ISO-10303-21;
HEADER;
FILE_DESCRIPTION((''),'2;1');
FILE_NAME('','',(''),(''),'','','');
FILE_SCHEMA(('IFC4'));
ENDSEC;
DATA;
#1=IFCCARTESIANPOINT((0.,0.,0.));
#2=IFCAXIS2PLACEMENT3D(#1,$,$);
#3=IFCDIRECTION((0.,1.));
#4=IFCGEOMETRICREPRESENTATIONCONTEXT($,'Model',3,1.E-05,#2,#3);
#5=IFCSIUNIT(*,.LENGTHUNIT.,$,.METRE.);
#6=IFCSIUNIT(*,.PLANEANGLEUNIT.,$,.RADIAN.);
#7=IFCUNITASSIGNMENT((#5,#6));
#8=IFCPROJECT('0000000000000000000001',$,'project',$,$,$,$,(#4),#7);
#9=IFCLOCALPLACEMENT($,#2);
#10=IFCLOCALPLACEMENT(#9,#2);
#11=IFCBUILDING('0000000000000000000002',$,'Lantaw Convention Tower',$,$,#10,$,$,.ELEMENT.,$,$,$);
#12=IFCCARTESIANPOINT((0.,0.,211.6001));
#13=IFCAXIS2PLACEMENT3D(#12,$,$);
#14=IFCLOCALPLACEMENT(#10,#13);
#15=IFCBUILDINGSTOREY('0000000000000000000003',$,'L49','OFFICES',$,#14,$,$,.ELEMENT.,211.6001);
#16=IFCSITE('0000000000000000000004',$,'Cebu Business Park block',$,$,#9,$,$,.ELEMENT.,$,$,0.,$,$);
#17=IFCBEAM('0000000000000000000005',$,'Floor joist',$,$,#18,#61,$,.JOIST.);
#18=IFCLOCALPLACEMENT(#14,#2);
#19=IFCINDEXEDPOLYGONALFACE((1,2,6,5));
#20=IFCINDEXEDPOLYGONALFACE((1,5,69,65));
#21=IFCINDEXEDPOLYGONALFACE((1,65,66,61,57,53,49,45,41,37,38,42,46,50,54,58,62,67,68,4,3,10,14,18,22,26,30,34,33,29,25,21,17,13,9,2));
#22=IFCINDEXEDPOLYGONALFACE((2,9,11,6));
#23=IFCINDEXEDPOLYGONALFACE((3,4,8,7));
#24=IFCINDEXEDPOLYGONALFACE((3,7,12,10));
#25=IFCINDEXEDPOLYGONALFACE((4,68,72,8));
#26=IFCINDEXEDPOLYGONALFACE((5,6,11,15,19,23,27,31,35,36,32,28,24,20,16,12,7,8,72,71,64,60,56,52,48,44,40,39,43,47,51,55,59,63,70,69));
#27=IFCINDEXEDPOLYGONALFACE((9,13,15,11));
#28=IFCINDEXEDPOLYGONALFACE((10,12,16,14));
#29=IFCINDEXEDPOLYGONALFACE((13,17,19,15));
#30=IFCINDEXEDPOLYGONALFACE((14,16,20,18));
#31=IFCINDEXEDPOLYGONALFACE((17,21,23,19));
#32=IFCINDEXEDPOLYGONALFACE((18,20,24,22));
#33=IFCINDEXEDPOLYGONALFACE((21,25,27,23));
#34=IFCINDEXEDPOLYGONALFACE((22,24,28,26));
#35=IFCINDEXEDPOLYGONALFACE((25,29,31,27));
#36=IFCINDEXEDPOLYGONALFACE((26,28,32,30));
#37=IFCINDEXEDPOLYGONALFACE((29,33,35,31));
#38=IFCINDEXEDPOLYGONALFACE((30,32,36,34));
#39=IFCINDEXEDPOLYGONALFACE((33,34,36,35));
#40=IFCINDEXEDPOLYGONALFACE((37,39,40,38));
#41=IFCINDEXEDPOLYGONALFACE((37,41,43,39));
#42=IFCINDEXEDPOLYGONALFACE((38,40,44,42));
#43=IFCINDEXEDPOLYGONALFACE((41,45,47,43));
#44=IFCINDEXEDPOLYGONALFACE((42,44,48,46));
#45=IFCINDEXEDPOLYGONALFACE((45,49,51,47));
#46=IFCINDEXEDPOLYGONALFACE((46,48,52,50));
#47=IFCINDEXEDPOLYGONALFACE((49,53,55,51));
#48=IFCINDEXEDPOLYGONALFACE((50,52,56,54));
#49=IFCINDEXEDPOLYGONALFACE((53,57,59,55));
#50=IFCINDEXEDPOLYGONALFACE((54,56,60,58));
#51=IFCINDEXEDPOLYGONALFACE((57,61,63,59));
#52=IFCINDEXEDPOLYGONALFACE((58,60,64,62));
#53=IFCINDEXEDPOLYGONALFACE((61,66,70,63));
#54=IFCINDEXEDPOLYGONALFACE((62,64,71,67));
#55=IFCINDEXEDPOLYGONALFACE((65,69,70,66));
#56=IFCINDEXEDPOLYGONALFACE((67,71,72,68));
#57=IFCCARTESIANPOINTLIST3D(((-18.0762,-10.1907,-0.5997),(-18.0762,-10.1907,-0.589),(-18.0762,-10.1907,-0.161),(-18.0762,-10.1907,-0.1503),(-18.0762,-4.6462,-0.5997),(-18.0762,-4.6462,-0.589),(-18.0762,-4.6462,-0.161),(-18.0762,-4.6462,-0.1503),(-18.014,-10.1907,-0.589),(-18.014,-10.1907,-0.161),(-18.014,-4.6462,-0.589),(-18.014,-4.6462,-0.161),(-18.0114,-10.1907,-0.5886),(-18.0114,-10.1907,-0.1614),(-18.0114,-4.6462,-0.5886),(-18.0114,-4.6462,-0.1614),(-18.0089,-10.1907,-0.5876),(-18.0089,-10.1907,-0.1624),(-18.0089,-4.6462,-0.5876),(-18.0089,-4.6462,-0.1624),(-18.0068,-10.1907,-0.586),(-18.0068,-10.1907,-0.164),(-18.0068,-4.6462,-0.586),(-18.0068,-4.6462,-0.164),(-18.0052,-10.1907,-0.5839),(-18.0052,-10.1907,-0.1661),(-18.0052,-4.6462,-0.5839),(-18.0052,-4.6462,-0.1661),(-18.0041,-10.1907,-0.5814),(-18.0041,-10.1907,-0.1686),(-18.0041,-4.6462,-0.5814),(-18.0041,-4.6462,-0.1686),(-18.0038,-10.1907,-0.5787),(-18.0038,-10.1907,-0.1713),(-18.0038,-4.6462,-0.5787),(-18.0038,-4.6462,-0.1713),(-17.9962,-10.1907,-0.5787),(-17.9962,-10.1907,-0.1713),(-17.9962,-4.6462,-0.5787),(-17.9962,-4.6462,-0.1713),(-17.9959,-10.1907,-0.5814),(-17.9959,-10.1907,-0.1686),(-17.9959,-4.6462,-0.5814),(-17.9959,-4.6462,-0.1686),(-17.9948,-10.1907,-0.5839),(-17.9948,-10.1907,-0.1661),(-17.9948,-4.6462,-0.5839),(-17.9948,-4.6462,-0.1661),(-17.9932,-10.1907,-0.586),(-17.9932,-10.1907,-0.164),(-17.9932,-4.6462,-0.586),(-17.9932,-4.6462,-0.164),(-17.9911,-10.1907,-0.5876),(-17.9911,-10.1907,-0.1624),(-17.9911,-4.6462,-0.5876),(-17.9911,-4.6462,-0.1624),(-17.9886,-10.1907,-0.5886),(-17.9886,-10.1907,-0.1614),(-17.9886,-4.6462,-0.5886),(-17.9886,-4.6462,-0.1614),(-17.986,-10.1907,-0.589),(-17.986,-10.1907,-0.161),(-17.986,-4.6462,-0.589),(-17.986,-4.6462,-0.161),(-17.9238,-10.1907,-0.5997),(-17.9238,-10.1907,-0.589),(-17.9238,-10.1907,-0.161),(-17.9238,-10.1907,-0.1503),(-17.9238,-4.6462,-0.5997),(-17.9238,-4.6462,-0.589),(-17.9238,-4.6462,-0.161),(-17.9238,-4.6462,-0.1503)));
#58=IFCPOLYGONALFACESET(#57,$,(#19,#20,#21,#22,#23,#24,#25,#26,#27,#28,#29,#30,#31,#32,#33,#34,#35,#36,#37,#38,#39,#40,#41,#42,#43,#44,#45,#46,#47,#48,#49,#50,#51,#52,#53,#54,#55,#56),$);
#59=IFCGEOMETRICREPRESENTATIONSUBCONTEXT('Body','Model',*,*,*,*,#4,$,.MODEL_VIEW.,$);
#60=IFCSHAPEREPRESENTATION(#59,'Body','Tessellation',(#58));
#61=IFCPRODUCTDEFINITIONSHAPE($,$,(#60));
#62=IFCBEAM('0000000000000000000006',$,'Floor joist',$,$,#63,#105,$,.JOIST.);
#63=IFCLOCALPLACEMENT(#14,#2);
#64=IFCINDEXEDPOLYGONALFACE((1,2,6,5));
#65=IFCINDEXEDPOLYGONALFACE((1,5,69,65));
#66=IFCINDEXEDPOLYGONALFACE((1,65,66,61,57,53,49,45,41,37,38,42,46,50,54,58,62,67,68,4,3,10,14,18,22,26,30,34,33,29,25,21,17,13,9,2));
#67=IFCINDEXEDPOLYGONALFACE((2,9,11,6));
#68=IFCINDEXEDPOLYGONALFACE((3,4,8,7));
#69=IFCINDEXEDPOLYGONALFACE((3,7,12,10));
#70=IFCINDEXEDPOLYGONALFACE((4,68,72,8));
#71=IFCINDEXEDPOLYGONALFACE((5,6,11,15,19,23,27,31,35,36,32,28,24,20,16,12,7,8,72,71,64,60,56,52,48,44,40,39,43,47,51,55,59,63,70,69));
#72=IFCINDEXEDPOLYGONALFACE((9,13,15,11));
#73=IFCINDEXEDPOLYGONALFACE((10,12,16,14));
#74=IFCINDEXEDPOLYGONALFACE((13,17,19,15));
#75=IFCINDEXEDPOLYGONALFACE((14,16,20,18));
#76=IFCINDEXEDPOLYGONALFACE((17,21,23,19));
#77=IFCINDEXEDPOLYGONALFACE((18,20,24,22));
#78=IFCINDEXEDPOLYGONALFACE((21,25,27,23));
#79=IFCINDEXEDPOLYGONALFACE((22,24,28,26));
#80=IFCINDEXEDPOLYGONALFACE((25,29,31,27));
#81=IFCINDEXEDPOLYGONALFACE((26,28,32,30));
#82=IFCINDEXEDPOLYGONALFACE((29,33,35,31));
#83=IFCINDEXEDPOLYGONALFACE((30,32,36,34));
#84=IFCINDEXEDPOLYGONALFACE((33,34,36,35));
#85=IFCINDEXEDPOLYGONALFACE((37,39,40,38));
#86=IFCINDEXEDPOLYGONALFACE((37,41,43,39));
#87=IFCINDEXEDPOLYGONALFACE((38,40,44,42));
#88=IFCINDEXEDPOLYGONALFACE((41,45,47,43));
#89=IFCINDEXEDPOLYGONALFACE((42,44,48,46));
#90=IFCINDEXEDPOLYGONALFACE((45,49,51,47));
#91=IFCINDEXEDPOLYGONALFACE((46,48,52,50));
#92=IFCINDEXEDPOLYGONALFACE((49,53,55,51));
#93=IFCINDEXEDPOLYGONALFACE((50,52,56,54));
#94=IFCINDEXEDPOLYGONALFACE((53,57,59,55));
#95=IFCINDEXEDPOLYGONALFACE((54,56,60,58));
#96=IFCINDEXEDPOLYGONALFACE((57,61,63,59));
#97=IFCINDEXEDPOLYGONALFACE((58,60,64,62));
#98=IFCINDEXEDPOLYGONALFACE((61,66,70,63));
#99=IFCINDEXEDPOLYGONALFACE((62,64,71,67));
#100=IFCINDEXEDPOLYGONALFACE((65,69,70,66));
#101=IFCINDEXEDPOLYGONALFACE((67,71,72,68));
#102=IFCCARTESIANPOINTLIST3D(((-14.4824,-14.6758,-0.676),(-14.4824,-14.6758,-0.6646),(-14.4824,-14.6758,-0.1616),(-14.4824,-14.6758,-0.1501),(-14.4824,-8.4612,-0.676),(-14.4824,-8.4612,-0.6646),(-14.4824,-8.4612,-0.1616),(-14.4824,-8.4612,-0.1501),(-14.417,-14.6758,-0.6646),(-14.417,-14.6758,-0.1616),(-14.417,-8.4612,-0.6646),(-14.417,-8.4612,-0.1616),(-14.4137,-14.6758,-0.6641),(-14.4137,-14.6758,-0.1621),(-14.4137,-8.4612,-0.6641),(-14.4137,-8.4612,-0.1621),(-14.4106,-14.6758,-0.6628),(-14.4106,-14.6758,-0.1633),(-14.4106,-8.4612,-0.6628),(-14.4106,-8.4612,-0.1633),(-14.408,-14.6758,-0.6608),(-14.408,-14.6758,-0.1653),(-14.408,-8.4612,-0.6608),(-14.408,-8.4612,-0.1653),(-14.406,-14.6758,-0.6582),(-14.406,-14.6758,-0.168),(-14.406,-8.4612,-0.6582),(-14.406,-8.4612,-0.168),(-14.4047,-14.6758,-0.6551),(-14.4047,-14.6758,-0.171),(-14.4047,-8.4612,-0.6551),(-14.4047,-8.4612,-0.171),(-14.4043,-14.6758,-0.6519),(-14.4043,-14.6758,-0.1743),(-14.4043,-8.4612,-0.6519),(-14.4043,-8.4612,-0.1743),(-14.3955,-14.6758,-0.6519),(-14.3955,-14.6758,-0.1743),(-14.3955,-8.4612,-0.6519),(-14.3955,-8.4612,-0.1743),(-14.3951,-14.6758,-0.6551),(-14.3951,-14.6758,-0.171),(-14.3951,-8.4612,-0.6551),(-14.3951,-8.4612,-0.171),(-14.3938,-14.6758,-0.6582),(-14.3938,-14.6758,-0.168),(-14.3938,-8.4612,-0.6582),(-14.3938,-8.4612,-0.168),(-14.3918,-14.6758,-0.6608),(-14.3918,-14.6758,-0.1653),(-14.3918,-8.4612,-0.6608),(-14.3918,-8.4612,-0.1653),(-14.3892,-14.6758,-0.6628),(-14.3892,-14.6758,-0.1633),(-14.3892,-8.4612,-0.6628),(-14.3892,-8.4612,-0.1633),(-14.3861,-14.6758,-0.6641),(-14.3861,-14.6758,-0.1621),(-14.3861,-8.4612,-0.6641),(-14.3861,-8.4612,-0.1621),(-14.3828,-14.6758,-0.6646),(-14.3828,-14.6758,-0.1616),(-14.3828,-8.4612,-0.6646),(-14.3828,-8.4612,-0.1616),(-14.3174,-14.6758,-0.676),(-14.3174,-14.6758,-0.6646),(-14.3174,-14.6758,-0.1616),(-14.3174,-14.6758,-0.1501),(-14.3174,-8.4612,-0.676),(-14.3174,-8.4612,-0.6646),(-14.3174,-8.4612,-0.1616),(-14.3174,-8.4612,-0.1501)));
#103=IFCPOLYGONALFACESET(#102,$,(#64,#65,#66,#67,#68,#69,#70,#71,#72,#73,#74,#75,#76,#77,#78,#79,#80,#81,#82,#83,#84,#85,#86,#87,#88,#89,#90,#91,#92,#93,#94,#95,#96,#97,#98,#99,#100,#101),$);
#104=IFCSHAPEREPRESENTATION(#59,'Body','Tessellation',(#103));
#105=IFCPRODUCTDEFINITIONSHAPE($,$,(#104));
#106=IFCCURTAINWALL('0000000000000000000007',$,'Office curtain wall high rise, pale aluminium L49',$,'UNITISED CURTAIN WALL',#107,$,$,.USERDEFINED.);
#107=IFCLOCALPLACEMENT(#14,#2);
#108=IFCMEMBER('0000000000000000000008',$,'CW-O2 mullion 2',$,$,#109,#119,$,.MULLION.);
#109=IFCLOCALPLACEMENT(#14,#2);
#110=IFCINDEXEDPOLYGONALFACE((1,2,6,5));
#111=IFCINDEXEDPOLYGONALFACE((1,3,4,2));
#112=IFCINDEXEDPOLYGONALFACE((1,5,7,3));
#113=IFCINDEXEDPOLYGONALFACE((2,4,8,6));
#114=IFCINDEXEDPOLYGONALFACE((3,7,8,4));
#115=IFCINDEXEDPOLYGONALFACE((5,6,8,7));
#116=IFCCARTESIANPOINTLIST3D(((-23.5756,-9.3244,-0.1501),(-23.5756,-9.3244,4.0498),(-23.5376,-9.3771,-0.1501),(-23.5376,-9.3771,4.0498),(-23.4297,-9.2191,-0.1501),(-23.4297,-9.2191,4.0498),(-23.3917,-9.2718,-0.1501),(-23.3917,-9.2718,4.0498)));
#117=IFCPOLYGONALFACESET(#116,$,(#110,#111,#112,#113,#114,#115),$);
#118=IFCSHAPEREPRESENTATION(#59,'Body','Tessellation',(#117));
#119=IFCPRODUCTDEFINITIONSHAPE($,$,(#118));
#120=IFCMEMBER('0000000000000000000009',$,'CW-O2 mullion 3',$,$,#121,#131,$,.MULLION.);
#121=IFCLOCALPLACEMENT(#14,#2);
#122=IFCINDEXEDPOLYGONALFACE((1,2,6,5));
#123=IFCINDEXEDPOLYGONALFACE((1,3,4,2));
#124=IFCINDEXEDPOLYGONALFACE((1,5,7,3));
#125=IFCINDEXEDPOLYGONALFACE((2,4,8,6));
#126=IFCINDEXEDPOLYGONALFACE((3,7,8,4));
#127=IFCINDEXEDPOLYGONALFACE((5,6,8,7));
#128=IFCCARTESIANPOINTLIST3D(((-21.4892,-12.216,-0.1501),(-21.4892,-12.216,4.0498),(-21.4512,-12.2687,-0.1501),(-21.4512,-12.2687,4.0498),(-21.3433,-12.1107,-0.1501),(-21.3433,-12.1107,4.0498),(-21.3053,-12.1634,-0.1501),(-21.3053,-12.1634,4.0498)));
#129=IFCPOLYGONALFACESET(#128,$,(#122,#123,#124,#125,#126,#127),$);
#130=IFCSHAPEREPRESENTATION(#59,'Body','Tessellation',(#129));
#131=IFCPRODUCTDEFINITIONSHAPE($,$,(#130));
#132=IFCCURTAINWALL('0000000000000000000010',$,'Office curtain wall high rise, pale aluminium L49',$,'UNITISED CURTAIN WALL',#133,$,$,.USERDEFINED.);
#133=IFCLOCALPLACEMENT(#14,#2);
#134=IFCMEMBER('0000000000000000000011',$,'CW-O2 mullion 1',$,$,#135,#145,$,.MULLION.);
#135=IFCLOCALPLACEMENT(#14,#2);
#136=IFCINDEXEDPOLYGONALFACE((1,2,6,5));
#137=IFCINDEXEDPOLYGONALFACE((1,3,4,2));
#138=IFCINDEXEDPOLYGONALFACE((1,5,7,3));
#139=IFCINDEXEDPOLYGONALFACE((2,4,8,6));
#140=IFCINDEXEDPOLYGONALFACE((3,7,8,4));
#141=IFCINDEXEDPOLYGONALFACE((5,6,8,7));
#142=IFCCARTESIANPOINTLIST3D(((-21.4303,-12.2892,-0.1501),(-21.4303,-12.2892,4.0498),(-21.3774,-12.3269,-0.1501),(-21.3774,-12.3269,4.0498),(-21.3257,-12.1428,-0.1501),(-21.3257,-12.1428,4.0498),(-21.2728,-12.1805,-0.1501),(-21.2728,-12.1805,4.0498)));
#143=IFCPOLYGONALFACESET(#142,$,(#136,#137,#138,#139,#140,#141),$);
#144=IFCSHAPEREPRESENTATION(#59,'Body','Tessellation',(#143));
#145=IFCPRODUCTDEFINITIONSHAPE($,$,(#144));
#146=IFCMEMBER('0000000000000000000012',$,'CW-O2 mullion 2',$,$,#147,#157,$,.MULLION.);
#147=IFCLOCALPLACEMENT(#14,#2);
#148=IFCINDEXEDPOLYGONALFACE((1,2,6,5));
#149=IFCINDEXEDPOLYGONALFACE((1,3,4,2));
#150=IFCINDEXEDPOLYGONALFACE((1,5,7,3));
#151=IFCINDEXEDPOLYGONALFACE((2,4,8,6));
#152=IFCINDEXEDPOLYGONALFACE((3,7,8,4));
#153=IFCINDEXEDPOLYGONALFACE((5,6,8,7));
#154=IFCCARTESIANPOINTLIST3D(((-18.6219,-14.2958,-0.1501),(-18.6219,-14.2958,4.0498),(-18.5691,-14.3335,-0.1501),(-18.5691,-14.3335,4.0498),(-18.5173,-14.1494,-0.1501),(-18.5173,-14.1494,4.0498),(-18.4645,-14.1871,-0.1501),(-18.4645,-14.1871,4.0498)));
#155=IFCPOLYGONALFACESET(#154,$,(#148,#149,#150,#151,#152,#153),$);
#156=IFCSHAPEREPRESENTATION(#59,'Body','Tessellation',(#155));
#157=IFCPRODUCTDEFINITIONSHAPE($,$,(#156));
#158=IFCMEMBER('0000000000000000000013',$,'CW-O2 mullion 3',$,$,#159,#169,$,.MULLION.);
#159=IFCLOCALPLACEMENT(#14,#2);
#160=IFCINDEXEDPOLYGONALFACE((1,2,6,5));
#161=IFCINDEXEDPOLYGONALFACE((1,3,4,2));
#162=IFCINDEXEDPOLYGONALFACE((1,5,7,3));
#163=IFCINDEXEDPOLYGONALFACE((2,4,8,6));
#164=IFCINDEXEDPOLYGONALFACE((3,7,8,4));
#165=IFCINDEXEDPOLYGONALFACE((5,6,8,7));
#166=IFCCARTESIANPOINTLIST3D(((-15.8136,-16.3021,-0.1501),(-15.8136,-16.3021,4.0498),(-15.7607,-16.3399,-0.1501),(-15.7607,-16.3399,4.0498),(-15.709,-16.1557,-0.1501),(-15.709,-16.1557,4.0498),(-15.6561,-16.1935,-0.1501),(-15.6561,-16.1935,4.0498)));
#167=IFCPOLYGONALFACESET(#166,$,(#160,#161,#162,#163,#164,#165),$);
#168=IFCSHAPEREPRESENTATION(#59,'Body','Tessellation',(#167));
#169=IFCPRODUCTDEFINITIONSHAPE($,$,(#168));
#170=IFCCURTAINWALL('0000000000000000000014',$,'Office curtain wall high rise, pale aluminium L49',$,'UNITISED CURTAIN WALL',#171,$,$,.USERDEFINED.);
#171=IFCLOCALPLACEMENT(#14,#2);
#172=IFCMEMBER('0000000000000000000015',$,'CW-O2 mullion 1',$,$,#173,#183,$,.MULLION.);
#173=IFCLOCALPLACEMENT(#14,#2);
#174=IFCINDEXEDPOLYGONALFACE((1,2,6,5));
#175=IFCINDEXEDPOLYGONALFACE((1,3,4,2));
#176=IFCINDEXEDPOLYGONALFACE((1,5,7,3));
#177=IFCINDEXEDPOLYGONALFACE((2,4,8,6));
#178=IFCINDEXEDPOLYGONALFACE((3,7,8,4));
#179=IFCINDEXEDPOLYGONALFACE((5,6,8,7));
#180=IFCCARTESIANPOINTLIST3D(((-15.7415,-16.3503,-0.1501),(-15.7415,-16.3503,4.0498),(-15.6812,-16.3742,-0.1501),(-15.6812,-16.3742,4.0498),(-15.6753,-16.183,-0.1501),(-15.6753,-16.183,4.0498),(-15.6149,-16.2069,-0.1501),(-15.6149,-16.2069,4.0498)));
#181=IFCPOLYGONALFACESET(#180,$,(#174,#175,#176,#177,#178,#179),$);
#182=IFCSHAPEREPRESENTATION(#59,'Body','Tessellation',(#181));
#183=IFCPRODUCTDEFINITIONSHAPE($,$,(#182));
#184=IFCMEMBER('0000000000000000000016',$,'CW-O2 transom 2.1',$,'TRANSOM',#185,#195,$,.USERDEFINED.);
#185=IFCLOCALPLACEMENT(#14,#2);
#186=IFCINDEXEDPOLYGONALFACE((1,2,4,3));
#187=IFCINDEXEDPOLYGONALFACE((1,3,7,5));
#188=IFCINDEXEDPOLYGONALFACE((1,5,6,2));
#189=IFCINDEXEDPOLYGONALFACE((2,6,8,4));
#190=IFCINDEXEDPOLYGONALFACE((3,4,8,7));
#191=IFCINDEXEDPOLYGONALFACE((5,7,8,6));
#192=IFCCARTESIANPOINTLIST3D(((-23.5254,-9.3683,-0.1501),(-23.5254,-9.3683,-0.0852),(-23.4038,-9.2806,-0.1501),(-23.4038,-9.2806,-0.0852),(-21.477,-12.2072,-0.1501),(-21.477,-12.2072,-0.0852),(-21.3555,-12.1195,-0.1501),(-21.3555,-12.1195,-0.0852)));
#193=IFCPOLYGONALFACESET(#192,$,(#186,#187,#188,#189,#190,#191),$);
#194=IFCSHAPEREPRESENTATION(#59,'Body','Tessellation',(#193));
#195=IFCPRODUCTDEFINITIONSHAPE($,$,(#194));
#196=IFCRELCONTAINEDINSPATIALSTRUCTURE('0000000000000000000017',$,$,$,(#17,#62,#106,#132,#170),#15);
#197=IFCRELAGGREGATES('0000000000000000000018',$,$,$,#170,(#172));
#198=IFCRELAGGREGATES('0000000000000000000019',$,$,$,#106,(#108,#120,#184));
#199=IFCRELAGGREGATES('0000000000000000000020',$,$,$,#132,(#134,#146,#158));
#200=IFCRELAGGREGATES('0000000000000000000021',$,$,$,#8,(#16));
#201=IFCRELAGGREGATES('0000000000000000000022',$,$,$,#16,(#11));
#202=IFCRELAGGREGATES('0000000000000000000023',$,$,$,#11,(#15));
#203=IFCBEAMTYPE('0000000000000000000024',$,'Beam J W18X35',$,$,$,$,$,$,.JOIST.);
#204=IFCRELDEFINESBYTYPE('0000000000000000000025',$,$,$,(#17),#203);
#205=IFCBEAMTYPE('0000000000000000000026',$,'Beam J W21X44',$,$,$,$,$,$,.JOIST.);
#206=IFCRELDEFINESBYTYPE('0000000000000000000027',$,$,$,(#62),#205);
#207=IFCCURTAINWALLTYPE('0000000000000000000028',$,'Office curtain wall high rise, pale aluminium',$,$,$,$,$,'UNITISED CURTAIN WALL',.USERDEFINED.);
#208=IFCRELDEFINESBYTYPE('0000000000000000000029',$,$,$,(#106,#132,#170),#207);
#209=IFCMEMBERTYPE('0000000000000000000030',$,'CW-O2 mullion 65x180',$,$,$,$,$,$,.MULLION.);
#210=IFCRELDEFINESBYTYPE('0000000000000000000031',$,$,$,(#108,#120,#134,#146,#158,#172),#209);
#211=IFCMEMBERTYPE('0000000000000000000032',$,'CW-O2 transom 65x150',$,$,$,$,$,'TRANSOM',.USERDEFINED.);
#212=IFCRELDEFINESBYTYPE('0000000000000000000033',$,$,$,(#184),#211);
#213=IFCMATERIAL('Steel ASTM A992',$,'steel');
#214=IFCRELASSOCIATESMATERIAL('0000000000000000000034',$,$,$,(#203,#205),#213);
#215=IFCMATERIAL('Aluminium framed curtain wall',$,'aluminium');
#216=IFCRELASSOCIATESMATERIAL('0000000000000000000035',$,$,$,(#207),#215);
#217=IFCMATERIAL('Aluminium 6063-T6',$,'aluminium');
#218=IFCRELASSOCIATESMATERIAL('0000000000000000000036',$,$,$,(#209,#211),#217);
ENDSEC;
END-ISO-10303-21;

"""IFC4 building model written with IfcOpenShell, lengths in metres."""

from ifc_helpers import new_model, si_unit, direction, frame, origin, origin_2d, place, context, subcontext, project, spatial, rectangle, i_section, extrude, material, material_profile, profile_set, type_object, element, aggregate, save


model = new_model("IFC4")

# Units and contexts
model_context = context("Model", 3, precision=1e-05, world=origin(), true_north=direction((0.0, 1.0)))
body_context = subcontext(model_context, "Body", "Model", "MODEL_VIEW")
ifc_project = project(units=[si_unit("LENGTHUNIT", "METRE"), si_unit("PLANEANGLEUNIT", "RADIAN")], contexts=[model_context])

# Site, building, storey
site_placement = place(None, origin())
site = spatial("IfcSite", under=ifc_project, at=site_placement, Name="Cebu Business Park block", CompositionType="ELEMENT", RefElevation=0.0)
building_placement = place(site_placement, origin())
building = spatial("IfcBuilding", under=site, at=building_placement, Name="Lantaw Convention Tower", CompositionType="ELEMENT")
storey_placement = place(building_placement, frame((0.0, 0.0, 211.6001)))
storey = spatial("IfcBuildingStorey", under=building, at=storey_placement, Name="L49", Description="OFFICES", CompositionType="ELEMENT", Elevation=211.6001)

# Beams
ifc_material_1 = material(Name="Steel ASTM A992", Category="steel")
ifc_material_profile_1 = material_profile(ifc_material_1, i_section(OverallWidth=0.1523, OverallDepth=0.4495, WebThickness=0.0076, FlangeThickness=0.0107, FilletRadius=0.0103, at=origin_2d()), Name="W18X35")
ifc_profile_set_1 = profile_set([ifc_material_profile_1], Name="Steel ASTM A992")
beam_type_1 = type_object("IfcBeamType", Name="Beam J W18X35", PredefinedType="JOIST", material=ifc_profile_set_1)
beam_1_placement = place(storey_placement, frame((-18.0, -10.1907, -0.375), z_axis=(0.0, 1.0, 0.0), x_axis=(-1.0, 0.0, 0.0)))
element("IfcBeam", 1, at=beam_1_placement, inside=storey, type_object=beam_type_1, Name="Floor joist", PredefinedType="JOIST", context=body_context, shape_type="SweptSolid", body=[
    extrude(i_section(OverallWidth=0.1523, OverallDepth=0.4495, WebThickness=0.0076, FlangeThickness=0.0107, FilletRadius=0.0103, at=origin_2d()), origin(), (0.0, 0.0, 1.0), 5.5444),
])
ifc_material_profile_2 = material_profile(ifc_material_1, i_section(OverallWidth=0.165, OverallDepth=0.5259, WebThickness=0.0088, FlangeThickness=0.0115, FilletRadius=0.0127, at=origin_2d()), Name="W21X44")
ifc_profile_set_2 = profile_set([ifc_material_profile_2], Name="Steel ASTM A992")
beam_type_2 = type_object("IfcBeamType", Name="Beam J W21X44", PredefinedType="JOIST", material=ifc_profile_set_2)
beam_2_placement = place(storey_placement, frame((-14.3999, -14.6758, -0.4131), z_axis=(0.0, 1.0, 0.0), x_axis=(-1.0, 0.0, 0.0)))
element("IfcBeam", 2, at=beam_2_placement, inside=storey, type_object=beam_type_2, Name="Floor joist", PredefinedType="JOIST", context=body_context, shape_type="SweptSolid", body=[
    extrude(i_section(OverallWidth=0.165, OverallDepth=0.5259, WebThickness=0.0088, FlangeThickness=0.0115, FilletRadius=0.0127, at=origin_2d()), origin(), (0.0, 0.0, 1.0), 6.2146),
])

# Curtain walls, members
ifc_material_2 = material(Name="Aluminium framed curtain wall", Category="aluminium")
curtain_wall_type = type_object("IfcCurtainWallType", Name="Office curtain wall high rise, pale aluminium", ElementType="UNITISED CURTAIN WALL", PredefinedType="USERDEFINED", material=ifc_material_2)
curtain_wall_1_placement = place(storey_placement, origin())
curtain_wall_1 = element("IfcCurtainWall", 3, at=curtain_wall_1_placement, inside=storey, type_object=curtain_wall_type, Name="Office curtain wall high rise, pale aluminium L49", ObjectType="UNITISED CURTAIN WALL", PredefinedType="USERDEFINED")
ifc_material_3 = material(Name="Aluminium 6063-T6", Category="aluminium")
ifc_material_profile_3 = material_profile(ifc_material_3, rectangle(XDim=0.1799, YDim=0.0649, at=origin_2d()), Name="CW-O2 mullion 65x180")
ifc_profile_set_3 = profile_set([ifc_material_profile_3], Name="Aluminium 6063-T6")
member_type_1 = type_object("IfcMemberType", Name="CW-O2 mullion 65x180", PredefinedType="MULLION", material=ifc_profile_set_3)
member_1_placement = place(storey_placement, frame((-23.4836, -9.2981, -0.1501), z_axis=(0.0, 0.0, 1.0), x_axis=(0.81092, 0.585158, 0.0)))
member_1 = element("IfcMember", 4, at=member_1_placement, type_object=member_type_1, Name="CW-O2 mullion 2", PredefinedType="MULLION", context=body_context, shape_type="SweptSolid", body=[
    extrude(rectangle(XDim=0.1799, YDim=0.0649, at=origin_2d()), origin(), (0.0, 0.0, 1.0), 4.2),
])
member_2_placement = place(storey_placement, frame((-21.3972, -12.1897, -0.1501), z_axis=(0.0, 0.0, 1.0), x_axis=(0.81092, 0.585158, 0.0)))
member_2 = element("IfcMember", 5, at=member_2_placement, type_object=member_type_1, Name="CW-O2 mullion 3", PredefinedType="MULLION", context=body_context, shape_type="SweptSolid", body=[
    extrude(rectangle(XDim=0.1799, YDim=0.0649, at=origin_2d()), origin(), (0.0, 0.0, 1.0), 4.2),
])
curtain_wall_2_placement = place(storey_placement, origin())
curtain_wall_2 = element("IfcCurtainWall", 6, at=curtain_wall_2_placement, inside=storey, type_object=curtain_wall_type, Name="Office curtain wall high rise, pale aluminium L49", ObjectType="UNITISED CURTAIN WALL", PredefinedType="USERDEFINED")
member_3_placement = place(storey_placement, frame((-21.3516, -12.2349, -0.1501), z_axis=(0.0, 0.0, 1.0), x_axis=(0.581323, 0.813673, 0.0)))
member_3 = element("IfcMember", 7, at=member_3_placement, type_object=member_type_1, Name="CW-O2 mullion 1", PredefinedType="MULLION", context=body_context, shape_type="SweptSolid", body=[
    extrude(rectangle(XDim=0.1799, YDim=0.0649, at=origin_2d()), origin(), (0.0, 0.0, 1.0), 4.2),
])
member_4_placement = place(storey_placement, frame((-18.5432, -14.2415, -0.1501), z_axis=(0.0, 0.0, 1.0), x_axis=(0.581323, 0.813673, 0.0)))
member_4 = element("IfcMember", 8, at=member_4_placement, type_object=member_type_1, Name="CW-O2 mullion 2", PredefinedType="MULLION", context=body_context, shape_type="SweptSolid", body=[
    extrude(rectangle(XDim=0.1799, YDim=0.0649, at=origin_2d()), origin(), (0.0, 0.0, 1.0), 4.2),
])
member_5_placement = place(storey_placement, frame((-15.7349, -16.2478, -0.1501), z_axis=(0.0, 0.0, 1.0), x_axis=(0.581323, 0.813673, 0.0)))
member_5 = element("IfcMember", 9, at=member_5_placement, type_object=member_type_1, Name="CW-O2 mullion 3", PredefinedType="MULLION", context=body_context, shape_type="SweptSolid", body=[
    extrude(rectangle(XDim=0.1799, YDim=0.0649, at=origin_2d()), origin(), (0.0, 0.0, 1.0), 4.2),
])

# Curtain wall, member
curtain_wall_3_placement = place(storey_placement, origin())
curtain_wall_3 = element("IfcCurtainWall", 10, at=curtain_wall_3_placement, inside=storey, type_object=curtain_wall_type, Name="Office curtain wall high rise, pale aluminium L49", ObjectType="UNITISED CURTAIN WALL", PredefinedType="USERDEFINED")
member_6_placement = place(storey_placement, frame((-15.6782, -16.2786, -0.1501), z_axis=(0.0, 0.0, 1.0), x_axis=(0.368162, 0.929762, 0.0)))
member_6 = element("IfcMember", 11, at=member_6_placement, type_object=member_type_1, Name="CW-O2 mullion 1", PredefinedType="MULLION", context=body_context, shape_type="SweptSolid", body=[
    extrude(rectangle(XDim=0.1799, YDim=0.0649, at=origin_2d()), origin(), (0.0, 0.0, 1.0), 4.2),
])

# Member
ifc_material_profile_4 = material_profile(ifc_material_3, rectangle(XDim=0.1499, YDim=0.0649, at=origin_2d()), Name="CW-O2 transom 65x150")
ifc_profile_set_4 = profile_set([ifc_material_profile_4], Name="Aluminium 6063-T6")
member_type_2 = type_object("IfcMemberType", Name="CW-O2 transom 65x150", ElementType="TRANSOM", PredefinedType="USERDEFINED", material=ifc_profile_set_4)
member_7_placement = place(storey_placement, frame((-23.4646, -9.3245, -0.1177), z_axis=(0.585124, -0.810944, 0.0), x_axis=(0.810944, 0.585124, 0.0)))
member_7 = element("IfcMember", 12, at=member_7_placement, type_object=member_type_2, Name="CW-O2 transom 2.1", ObjectType="TRANSOM", PredefinedType="USERDEFINED", context=body_context, shape_type="SweptSolid", body=[
    extrude(rectangle(XDim=0.1499, YDim=0.0649, at=origin_2d()), origin(), (0.0, 0.0, 1.0), 3.5007),
])
aggregate(curtain_wall_3, [member_6])

aggregate(curtain_wall_1, [member_1, member_2, member_7])
aggregate(curtain_wall_2, [member_3, member_4, member_5])

save(model, "model.ifc")
